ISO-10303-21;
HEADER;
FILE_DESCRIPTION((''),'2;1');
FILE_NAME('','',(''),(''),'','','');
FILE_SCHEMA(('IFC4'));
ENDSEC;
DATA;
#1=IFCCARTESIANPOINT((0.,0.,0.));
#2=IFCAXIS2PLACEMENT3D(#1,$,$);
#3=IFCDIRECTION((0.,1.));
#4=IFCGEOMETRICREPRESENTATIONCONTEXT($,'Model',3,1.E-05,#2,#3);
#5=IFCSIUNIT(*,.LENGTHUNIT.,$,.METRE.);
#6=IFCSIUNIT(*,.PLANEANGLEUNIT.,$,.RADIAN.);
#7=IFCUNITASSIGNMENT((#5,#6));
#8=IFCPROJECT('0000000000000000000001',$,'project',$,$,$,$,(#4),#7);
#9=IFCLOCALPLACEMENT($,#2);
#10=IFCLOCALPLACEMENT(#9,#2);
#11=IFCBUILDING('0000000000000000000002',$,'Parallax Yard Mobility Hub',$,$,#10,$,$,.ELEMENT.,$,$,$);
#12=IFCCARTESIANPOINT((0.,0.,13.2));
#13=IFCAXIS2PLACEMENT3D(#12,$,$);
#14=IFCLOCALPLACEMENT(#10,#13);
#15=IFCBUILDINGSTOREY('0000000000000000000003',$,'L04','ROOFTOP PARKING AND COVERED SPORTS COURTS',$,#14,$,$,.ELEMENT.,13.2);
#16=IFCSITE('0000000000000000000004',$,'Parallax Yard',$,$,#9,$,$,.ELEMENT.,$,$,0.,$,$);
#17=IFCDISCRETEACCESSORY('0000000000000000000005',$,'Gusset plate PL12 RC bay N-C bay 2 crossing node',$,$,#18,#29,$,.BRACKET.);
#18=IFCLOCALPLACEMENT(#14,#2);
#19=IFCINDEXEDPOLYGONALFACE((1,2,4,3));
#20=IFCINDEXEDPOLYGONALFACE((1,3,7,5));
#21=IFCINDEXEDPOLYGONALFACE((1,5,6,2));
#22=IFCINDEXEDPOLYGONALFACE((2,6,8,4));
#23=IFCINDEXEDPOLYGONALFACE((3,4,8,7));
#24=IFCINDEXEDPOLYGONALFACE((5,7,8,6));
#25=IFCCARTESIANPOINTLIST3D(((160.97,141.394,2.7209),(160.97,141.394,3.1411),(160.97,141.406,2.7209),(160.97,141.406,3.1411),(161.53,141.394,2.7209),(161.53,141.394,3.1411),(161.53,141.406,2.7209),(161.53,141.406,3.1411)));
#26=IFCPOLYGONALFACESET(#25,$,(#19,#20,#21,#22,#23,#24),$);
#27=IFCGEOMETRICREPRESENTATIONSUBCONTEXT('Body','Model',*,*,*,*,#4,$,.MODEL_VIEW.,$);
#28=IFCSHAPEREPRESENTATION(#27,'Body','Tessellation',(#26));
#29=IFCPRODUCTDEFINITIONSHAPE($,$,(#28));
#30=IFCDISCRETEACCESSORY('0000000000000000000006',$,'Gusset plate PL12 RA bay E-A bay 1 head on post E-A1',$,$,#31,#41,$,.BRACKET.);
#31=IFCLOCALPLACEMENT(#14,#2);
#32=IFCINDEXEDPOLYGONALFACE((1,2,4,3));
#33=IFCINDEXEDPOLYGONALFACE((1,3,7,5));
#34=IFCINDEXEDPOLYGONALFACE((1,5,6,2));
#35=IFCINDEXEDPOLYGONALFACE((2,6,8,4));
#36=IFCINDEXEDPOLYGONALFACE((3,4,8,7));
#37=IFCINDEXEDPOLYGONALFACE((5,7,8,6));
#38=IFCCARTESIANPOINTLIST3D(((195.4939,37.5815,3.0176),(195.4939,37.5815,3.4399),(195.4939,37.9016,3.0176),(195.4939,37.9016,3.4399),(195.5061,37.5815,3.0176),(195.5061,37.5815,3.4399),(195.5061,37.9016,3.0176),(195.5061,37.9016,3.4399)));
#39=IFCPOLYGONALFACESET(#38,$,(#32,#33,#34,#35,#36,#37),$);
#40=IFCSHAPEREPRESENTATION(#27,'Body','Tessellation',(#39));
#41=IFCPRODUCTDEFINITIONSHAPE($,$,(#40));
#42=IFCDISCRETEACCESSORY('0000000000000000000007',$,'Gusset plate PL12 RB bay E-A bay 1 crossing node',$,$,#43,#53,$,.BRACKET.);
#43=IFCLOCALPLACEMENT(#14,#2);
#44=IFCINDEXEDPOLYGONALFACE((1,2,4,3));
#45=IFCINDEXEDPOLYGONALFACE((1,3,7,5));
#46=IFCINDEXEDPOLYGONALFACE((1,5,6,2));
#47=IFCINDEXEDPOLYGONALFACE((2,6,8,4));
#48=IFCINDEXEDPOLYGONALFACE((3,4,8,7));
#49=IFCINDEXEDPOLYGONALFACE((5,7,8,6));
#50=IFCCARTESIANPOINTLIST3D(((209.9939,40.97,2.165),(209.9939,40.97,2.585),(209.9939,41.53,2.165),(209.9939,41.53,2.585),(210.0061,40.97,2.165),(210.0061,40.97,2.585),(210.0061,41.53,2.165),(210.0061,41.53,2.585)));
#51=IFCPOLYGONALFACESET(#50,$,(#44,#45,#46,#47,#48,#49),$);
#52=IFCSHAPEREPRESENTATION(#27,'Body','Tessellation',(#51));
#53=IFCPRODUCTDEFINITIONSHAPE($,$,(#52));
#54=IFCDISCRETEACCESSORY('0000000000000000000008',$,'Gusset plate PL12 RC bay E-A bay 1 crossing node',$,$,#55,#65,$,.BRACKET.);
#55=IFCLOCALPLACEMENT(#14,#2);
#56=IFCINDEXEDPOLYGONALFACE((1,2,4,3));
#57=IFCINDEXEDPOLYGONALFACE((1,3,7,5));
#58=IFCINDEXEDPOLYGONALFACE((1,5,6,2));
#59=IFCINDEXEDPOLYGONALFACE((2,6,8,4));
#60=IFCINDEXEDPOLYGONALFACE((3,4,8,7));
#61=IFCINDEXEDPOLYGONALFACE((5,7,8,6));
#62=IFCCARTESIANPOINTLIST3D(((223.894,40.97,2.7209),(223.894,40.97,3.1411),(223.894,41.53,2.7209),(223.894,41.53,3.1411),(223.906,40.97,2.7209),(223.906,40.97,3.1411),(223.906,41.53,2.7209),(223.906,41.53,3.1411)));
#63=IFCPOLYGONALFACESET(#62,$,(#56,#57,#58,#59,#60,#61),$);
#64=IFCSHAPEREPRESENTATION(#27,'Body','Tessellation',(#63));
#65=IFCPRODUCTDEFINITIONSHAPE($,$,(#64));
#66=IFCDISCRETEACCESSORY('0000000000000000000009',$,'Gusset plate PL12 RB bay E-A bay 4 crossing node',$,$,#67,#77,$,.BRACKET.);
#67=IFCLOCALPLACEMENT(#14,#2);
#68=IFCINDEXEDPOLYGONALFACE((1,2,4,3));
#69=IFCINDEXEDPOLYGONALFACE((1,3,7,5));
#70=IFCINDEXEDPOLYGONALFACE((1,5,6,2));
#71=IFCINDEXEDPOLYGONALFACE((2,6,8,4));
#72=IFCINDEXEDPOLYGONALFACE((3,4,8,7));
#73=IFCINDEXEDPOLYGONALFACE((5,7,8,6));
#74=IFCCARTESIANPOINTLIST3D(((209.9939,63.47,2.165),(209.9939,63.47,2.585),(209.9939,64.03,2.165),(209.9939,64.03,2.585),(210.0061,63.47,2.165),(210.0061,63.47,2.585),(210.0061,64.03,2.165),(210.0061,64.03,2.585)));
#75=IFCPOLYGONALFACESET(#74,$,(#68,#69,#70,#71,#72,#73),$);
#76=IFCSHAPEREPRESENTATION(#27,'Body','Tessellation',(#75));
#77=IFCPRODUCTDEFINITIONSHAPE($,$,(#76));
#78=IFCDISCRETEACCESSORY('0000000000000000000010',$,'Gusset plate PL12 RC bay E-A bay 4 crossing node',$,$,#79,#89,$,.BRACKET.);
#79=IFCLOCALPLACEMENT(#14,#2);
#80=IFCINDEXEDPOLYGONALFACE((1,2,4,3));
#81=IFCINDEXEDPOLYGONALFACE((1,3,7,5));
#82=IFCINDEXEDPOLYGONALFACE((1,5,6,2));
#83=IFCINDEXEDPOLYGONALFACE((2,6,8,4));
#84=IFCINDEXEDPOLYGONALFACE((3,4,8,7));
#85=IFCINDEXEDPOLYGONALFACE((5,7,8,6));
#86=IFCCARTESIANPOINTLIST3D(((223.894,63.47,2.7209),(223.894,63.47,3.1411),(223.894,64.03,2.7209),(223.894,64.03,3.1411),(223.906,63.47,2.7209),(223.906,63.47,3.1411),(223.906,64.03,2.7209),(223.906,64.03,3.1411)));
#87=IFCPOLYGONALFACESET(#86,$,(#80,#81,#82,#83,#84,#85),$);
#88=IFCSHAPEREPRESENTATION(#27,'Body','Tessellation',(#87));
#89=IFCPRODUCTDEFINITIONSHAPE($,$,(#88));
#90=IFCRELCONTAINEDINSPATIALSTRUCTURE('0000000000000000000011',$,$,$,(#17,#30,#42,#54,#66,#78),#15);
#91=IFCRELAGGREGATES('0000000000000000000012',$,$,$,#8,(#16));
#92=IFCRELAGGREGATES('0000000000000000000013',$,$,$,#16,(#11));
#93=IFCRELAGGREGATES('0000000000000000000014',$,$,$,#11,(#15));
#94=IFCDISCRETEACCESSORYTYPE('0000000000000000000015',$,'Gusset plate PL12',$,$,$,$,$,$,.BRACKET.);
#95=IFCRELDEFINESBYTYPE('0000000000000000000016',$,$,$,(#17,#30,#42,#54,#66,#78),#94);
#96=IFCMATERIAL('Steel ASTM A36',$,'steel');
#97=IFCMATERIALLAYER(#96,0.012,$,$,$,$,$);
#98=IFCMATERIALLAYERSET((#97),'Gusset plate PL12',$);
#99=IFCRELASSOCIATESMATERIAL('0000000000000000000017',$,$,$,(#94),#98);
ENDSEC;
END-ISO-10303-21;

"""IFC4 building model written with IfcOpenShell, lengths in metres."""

from ifc_helpers import new_model, si_unit, direction, frame, origin, place, context, subcontext, project, spatial, polyline, outline, extrude, material, layer, layer_set, type_object, element, save


model = new_model("IFC4")

# Units and contexts
model_context = context("Model", 3, precision=1e-05, world=origin(), true_north=direction((0.0, 1.0)))
body_context = subcontext(model_context, "Body", "Model", "MODEL_VIEW")
ifc_project = project(units=[si_unit("LENGTHUNIT", "METRE"), si_unit("PLANEANGLEUNIT", "RADIAN")], contexts=[model_context])

# Site, building, storey
site_placement = place(None, origin())
site = spatial("IfcSite", under=ifc_project, at=site_placement, Name="Parallax Yard", CompositionType="ELEMENT", RefElevation=0.0)
building_placement = place(site_placement, origin())
building = spatial("IfcBuilding", under=site, at=building_placement, Name="Parallax Yard Mobility Hub", CompositionType="ELEMENT")
storey_placement = place(building_placement, frame((0.0, 0.0, 13.2)))
storey = spatial("IfcBuildingStorey", under=building, at=storey_placement, Name="L04", Description="ROOFTOP PARKING AND COVERED SPORTS COURTS", CompositionType="ELEMENT", Elevation=13.2)

# Discrete accessories
ifc_material = material(Name="Steel ASTM A36", Category="steel")
ifc_layer = layer(ifc_material, 0.012)
ifc_layer_set = layer_set([ifc_layer], Name="Gusset plate PL12")
discrete_accessory_type = type_object("IfcDiscreteAccessoryType", Name="Gusset plate PL12", PredefinedType="BRACKET", material=ifc_layer_set)
discrete_accessory_1_placement = place(storey_placement, frame((0.0, 0.0, 2.7209)))
element("IfcDiscreteAccessory", 1, at=discrete_accessory_1_placement, inside=storey, type_object=discrete_accessory_type, Name="Gusset plate PL12 RC bay N-C bay 2 crossing node", PredefinedType="BRACKET", context=body_context, shape_type="SweptSolid", body=[
    extrude(outline(polyline([(160.97, 141.394), (161.53, 141.394), (161.53, 141.406), (160.97, 141.406), (160.97, 141.394)])), origin(), (0.0, 0.0, 1.0), 0.4202),
])
discrete_accessory_2_placement = place(storey_placement, frame((0.0, 0.0, 3.0176)))
element("IfcDiscreteAccessory", 2, at=discrete_accessory_2_placement, inside=storey, type_object=discrete_accessory_type, Name="Gusset plate PL12 RA bay E-A bay 1 head on post E-A1", PredefinedType="BRACKET", context=body_context, shape_type="SweptSolid", body=[
    extrude(outline(polyline([(195.5061, 37.5815), (195.5061, 37.9016), (195.4939, 37.9016), (195.4939, 37.5815), (195.5061, 37.5815)])), origin(), (0.0, 0.0, 1.0), 0.4224),
])
discrete_accessory_3_placement = place(storey_placement, frame((0.0, 0.0, 2.165)))
element("IfcDiscreteAccessory", 3, at=discrete_accessory_3_placement, inside=storey, type_object=discrete_accessory_type, Name="Gusset plate PL12 RB bay E-A bay 1 crossing node", PredefinedType="BRACKET", context=body_context, shape_type="SweptSolid", body=[
    extrude(outline(polyline([(210.0061, 40.97), (210.0061, 41.53), (209.9939, 41.53), (209.9939, 40.97), (210.0061, 40.97)])), origin(), (0.0, 0.0, 1.0), 0.4199),
])
discrete_accessory_4_placement = place(storey_placement, frame((0.0, 0.0, 2.7209)))
element("IfcDiscreteAccessory", 4, at=discrete_accessory_4_placement, inside=storey, type_object=discrete_accessory_type, Name="Gusset plate PL12 RC bay E-A bay 1 crossing node", PredefinedType="BRACKET", context=body_context, shape_type="SweptSolid", body=[
    extrude(outline(polyline([(223.906, 40.97), (223.906, 41.53), (223.894, 41.53), (223.894, 40.97), (223.906, 40.97)])), origin(), (0.0, 0.0, 1.0), 0.4202),
])
discrete_accessory_5_placement = place(storey_placement, frame((0.0, 0.0, 2.165)))
element("IfcDiscreteAccessory", 5, at=discrete_accessory_5_placement, inside=storey, type_object=discrete_accessory_type, Name="Gusset plate PL12 RB bay E-A bay 4 crossing node", PredefinedType="BRACKET", context=body_context, shape_type="SweptSolid", body=[
    extrude(outline(polyline([(210.0061, 63.47), (210.0061, 64.03), (209.9939, 64.03), (209.9939, 63.47), (210.0061, 63.47)])), origin(), (0.0, 0.0, 1.0), 0.4199),
])
discrete_accessory_6_placement = place(storey_placement, frame((0.0, 0.0, 2.7209)))
element("IfcDiscreteAccessory", 6, at=discrete_accessory_6_placement, inside=storey, type_object=discrete_accessory_type, Name="Gusset plate PL12 RC bay E-A bay 4 crossing node", PredefinedType="BRACKET", context=body_context, shape_type="SweptSolid", body=[
    extrude(outline(polyline([(223.906, 63.47), (223.906, 64.03), (223.894, 64.03), (223.894, 63.47), (223.906, 63.47)])), origin(), (0.0, 0.0, 1.0), 0.4202),
])

save(model, "model.ifc")
